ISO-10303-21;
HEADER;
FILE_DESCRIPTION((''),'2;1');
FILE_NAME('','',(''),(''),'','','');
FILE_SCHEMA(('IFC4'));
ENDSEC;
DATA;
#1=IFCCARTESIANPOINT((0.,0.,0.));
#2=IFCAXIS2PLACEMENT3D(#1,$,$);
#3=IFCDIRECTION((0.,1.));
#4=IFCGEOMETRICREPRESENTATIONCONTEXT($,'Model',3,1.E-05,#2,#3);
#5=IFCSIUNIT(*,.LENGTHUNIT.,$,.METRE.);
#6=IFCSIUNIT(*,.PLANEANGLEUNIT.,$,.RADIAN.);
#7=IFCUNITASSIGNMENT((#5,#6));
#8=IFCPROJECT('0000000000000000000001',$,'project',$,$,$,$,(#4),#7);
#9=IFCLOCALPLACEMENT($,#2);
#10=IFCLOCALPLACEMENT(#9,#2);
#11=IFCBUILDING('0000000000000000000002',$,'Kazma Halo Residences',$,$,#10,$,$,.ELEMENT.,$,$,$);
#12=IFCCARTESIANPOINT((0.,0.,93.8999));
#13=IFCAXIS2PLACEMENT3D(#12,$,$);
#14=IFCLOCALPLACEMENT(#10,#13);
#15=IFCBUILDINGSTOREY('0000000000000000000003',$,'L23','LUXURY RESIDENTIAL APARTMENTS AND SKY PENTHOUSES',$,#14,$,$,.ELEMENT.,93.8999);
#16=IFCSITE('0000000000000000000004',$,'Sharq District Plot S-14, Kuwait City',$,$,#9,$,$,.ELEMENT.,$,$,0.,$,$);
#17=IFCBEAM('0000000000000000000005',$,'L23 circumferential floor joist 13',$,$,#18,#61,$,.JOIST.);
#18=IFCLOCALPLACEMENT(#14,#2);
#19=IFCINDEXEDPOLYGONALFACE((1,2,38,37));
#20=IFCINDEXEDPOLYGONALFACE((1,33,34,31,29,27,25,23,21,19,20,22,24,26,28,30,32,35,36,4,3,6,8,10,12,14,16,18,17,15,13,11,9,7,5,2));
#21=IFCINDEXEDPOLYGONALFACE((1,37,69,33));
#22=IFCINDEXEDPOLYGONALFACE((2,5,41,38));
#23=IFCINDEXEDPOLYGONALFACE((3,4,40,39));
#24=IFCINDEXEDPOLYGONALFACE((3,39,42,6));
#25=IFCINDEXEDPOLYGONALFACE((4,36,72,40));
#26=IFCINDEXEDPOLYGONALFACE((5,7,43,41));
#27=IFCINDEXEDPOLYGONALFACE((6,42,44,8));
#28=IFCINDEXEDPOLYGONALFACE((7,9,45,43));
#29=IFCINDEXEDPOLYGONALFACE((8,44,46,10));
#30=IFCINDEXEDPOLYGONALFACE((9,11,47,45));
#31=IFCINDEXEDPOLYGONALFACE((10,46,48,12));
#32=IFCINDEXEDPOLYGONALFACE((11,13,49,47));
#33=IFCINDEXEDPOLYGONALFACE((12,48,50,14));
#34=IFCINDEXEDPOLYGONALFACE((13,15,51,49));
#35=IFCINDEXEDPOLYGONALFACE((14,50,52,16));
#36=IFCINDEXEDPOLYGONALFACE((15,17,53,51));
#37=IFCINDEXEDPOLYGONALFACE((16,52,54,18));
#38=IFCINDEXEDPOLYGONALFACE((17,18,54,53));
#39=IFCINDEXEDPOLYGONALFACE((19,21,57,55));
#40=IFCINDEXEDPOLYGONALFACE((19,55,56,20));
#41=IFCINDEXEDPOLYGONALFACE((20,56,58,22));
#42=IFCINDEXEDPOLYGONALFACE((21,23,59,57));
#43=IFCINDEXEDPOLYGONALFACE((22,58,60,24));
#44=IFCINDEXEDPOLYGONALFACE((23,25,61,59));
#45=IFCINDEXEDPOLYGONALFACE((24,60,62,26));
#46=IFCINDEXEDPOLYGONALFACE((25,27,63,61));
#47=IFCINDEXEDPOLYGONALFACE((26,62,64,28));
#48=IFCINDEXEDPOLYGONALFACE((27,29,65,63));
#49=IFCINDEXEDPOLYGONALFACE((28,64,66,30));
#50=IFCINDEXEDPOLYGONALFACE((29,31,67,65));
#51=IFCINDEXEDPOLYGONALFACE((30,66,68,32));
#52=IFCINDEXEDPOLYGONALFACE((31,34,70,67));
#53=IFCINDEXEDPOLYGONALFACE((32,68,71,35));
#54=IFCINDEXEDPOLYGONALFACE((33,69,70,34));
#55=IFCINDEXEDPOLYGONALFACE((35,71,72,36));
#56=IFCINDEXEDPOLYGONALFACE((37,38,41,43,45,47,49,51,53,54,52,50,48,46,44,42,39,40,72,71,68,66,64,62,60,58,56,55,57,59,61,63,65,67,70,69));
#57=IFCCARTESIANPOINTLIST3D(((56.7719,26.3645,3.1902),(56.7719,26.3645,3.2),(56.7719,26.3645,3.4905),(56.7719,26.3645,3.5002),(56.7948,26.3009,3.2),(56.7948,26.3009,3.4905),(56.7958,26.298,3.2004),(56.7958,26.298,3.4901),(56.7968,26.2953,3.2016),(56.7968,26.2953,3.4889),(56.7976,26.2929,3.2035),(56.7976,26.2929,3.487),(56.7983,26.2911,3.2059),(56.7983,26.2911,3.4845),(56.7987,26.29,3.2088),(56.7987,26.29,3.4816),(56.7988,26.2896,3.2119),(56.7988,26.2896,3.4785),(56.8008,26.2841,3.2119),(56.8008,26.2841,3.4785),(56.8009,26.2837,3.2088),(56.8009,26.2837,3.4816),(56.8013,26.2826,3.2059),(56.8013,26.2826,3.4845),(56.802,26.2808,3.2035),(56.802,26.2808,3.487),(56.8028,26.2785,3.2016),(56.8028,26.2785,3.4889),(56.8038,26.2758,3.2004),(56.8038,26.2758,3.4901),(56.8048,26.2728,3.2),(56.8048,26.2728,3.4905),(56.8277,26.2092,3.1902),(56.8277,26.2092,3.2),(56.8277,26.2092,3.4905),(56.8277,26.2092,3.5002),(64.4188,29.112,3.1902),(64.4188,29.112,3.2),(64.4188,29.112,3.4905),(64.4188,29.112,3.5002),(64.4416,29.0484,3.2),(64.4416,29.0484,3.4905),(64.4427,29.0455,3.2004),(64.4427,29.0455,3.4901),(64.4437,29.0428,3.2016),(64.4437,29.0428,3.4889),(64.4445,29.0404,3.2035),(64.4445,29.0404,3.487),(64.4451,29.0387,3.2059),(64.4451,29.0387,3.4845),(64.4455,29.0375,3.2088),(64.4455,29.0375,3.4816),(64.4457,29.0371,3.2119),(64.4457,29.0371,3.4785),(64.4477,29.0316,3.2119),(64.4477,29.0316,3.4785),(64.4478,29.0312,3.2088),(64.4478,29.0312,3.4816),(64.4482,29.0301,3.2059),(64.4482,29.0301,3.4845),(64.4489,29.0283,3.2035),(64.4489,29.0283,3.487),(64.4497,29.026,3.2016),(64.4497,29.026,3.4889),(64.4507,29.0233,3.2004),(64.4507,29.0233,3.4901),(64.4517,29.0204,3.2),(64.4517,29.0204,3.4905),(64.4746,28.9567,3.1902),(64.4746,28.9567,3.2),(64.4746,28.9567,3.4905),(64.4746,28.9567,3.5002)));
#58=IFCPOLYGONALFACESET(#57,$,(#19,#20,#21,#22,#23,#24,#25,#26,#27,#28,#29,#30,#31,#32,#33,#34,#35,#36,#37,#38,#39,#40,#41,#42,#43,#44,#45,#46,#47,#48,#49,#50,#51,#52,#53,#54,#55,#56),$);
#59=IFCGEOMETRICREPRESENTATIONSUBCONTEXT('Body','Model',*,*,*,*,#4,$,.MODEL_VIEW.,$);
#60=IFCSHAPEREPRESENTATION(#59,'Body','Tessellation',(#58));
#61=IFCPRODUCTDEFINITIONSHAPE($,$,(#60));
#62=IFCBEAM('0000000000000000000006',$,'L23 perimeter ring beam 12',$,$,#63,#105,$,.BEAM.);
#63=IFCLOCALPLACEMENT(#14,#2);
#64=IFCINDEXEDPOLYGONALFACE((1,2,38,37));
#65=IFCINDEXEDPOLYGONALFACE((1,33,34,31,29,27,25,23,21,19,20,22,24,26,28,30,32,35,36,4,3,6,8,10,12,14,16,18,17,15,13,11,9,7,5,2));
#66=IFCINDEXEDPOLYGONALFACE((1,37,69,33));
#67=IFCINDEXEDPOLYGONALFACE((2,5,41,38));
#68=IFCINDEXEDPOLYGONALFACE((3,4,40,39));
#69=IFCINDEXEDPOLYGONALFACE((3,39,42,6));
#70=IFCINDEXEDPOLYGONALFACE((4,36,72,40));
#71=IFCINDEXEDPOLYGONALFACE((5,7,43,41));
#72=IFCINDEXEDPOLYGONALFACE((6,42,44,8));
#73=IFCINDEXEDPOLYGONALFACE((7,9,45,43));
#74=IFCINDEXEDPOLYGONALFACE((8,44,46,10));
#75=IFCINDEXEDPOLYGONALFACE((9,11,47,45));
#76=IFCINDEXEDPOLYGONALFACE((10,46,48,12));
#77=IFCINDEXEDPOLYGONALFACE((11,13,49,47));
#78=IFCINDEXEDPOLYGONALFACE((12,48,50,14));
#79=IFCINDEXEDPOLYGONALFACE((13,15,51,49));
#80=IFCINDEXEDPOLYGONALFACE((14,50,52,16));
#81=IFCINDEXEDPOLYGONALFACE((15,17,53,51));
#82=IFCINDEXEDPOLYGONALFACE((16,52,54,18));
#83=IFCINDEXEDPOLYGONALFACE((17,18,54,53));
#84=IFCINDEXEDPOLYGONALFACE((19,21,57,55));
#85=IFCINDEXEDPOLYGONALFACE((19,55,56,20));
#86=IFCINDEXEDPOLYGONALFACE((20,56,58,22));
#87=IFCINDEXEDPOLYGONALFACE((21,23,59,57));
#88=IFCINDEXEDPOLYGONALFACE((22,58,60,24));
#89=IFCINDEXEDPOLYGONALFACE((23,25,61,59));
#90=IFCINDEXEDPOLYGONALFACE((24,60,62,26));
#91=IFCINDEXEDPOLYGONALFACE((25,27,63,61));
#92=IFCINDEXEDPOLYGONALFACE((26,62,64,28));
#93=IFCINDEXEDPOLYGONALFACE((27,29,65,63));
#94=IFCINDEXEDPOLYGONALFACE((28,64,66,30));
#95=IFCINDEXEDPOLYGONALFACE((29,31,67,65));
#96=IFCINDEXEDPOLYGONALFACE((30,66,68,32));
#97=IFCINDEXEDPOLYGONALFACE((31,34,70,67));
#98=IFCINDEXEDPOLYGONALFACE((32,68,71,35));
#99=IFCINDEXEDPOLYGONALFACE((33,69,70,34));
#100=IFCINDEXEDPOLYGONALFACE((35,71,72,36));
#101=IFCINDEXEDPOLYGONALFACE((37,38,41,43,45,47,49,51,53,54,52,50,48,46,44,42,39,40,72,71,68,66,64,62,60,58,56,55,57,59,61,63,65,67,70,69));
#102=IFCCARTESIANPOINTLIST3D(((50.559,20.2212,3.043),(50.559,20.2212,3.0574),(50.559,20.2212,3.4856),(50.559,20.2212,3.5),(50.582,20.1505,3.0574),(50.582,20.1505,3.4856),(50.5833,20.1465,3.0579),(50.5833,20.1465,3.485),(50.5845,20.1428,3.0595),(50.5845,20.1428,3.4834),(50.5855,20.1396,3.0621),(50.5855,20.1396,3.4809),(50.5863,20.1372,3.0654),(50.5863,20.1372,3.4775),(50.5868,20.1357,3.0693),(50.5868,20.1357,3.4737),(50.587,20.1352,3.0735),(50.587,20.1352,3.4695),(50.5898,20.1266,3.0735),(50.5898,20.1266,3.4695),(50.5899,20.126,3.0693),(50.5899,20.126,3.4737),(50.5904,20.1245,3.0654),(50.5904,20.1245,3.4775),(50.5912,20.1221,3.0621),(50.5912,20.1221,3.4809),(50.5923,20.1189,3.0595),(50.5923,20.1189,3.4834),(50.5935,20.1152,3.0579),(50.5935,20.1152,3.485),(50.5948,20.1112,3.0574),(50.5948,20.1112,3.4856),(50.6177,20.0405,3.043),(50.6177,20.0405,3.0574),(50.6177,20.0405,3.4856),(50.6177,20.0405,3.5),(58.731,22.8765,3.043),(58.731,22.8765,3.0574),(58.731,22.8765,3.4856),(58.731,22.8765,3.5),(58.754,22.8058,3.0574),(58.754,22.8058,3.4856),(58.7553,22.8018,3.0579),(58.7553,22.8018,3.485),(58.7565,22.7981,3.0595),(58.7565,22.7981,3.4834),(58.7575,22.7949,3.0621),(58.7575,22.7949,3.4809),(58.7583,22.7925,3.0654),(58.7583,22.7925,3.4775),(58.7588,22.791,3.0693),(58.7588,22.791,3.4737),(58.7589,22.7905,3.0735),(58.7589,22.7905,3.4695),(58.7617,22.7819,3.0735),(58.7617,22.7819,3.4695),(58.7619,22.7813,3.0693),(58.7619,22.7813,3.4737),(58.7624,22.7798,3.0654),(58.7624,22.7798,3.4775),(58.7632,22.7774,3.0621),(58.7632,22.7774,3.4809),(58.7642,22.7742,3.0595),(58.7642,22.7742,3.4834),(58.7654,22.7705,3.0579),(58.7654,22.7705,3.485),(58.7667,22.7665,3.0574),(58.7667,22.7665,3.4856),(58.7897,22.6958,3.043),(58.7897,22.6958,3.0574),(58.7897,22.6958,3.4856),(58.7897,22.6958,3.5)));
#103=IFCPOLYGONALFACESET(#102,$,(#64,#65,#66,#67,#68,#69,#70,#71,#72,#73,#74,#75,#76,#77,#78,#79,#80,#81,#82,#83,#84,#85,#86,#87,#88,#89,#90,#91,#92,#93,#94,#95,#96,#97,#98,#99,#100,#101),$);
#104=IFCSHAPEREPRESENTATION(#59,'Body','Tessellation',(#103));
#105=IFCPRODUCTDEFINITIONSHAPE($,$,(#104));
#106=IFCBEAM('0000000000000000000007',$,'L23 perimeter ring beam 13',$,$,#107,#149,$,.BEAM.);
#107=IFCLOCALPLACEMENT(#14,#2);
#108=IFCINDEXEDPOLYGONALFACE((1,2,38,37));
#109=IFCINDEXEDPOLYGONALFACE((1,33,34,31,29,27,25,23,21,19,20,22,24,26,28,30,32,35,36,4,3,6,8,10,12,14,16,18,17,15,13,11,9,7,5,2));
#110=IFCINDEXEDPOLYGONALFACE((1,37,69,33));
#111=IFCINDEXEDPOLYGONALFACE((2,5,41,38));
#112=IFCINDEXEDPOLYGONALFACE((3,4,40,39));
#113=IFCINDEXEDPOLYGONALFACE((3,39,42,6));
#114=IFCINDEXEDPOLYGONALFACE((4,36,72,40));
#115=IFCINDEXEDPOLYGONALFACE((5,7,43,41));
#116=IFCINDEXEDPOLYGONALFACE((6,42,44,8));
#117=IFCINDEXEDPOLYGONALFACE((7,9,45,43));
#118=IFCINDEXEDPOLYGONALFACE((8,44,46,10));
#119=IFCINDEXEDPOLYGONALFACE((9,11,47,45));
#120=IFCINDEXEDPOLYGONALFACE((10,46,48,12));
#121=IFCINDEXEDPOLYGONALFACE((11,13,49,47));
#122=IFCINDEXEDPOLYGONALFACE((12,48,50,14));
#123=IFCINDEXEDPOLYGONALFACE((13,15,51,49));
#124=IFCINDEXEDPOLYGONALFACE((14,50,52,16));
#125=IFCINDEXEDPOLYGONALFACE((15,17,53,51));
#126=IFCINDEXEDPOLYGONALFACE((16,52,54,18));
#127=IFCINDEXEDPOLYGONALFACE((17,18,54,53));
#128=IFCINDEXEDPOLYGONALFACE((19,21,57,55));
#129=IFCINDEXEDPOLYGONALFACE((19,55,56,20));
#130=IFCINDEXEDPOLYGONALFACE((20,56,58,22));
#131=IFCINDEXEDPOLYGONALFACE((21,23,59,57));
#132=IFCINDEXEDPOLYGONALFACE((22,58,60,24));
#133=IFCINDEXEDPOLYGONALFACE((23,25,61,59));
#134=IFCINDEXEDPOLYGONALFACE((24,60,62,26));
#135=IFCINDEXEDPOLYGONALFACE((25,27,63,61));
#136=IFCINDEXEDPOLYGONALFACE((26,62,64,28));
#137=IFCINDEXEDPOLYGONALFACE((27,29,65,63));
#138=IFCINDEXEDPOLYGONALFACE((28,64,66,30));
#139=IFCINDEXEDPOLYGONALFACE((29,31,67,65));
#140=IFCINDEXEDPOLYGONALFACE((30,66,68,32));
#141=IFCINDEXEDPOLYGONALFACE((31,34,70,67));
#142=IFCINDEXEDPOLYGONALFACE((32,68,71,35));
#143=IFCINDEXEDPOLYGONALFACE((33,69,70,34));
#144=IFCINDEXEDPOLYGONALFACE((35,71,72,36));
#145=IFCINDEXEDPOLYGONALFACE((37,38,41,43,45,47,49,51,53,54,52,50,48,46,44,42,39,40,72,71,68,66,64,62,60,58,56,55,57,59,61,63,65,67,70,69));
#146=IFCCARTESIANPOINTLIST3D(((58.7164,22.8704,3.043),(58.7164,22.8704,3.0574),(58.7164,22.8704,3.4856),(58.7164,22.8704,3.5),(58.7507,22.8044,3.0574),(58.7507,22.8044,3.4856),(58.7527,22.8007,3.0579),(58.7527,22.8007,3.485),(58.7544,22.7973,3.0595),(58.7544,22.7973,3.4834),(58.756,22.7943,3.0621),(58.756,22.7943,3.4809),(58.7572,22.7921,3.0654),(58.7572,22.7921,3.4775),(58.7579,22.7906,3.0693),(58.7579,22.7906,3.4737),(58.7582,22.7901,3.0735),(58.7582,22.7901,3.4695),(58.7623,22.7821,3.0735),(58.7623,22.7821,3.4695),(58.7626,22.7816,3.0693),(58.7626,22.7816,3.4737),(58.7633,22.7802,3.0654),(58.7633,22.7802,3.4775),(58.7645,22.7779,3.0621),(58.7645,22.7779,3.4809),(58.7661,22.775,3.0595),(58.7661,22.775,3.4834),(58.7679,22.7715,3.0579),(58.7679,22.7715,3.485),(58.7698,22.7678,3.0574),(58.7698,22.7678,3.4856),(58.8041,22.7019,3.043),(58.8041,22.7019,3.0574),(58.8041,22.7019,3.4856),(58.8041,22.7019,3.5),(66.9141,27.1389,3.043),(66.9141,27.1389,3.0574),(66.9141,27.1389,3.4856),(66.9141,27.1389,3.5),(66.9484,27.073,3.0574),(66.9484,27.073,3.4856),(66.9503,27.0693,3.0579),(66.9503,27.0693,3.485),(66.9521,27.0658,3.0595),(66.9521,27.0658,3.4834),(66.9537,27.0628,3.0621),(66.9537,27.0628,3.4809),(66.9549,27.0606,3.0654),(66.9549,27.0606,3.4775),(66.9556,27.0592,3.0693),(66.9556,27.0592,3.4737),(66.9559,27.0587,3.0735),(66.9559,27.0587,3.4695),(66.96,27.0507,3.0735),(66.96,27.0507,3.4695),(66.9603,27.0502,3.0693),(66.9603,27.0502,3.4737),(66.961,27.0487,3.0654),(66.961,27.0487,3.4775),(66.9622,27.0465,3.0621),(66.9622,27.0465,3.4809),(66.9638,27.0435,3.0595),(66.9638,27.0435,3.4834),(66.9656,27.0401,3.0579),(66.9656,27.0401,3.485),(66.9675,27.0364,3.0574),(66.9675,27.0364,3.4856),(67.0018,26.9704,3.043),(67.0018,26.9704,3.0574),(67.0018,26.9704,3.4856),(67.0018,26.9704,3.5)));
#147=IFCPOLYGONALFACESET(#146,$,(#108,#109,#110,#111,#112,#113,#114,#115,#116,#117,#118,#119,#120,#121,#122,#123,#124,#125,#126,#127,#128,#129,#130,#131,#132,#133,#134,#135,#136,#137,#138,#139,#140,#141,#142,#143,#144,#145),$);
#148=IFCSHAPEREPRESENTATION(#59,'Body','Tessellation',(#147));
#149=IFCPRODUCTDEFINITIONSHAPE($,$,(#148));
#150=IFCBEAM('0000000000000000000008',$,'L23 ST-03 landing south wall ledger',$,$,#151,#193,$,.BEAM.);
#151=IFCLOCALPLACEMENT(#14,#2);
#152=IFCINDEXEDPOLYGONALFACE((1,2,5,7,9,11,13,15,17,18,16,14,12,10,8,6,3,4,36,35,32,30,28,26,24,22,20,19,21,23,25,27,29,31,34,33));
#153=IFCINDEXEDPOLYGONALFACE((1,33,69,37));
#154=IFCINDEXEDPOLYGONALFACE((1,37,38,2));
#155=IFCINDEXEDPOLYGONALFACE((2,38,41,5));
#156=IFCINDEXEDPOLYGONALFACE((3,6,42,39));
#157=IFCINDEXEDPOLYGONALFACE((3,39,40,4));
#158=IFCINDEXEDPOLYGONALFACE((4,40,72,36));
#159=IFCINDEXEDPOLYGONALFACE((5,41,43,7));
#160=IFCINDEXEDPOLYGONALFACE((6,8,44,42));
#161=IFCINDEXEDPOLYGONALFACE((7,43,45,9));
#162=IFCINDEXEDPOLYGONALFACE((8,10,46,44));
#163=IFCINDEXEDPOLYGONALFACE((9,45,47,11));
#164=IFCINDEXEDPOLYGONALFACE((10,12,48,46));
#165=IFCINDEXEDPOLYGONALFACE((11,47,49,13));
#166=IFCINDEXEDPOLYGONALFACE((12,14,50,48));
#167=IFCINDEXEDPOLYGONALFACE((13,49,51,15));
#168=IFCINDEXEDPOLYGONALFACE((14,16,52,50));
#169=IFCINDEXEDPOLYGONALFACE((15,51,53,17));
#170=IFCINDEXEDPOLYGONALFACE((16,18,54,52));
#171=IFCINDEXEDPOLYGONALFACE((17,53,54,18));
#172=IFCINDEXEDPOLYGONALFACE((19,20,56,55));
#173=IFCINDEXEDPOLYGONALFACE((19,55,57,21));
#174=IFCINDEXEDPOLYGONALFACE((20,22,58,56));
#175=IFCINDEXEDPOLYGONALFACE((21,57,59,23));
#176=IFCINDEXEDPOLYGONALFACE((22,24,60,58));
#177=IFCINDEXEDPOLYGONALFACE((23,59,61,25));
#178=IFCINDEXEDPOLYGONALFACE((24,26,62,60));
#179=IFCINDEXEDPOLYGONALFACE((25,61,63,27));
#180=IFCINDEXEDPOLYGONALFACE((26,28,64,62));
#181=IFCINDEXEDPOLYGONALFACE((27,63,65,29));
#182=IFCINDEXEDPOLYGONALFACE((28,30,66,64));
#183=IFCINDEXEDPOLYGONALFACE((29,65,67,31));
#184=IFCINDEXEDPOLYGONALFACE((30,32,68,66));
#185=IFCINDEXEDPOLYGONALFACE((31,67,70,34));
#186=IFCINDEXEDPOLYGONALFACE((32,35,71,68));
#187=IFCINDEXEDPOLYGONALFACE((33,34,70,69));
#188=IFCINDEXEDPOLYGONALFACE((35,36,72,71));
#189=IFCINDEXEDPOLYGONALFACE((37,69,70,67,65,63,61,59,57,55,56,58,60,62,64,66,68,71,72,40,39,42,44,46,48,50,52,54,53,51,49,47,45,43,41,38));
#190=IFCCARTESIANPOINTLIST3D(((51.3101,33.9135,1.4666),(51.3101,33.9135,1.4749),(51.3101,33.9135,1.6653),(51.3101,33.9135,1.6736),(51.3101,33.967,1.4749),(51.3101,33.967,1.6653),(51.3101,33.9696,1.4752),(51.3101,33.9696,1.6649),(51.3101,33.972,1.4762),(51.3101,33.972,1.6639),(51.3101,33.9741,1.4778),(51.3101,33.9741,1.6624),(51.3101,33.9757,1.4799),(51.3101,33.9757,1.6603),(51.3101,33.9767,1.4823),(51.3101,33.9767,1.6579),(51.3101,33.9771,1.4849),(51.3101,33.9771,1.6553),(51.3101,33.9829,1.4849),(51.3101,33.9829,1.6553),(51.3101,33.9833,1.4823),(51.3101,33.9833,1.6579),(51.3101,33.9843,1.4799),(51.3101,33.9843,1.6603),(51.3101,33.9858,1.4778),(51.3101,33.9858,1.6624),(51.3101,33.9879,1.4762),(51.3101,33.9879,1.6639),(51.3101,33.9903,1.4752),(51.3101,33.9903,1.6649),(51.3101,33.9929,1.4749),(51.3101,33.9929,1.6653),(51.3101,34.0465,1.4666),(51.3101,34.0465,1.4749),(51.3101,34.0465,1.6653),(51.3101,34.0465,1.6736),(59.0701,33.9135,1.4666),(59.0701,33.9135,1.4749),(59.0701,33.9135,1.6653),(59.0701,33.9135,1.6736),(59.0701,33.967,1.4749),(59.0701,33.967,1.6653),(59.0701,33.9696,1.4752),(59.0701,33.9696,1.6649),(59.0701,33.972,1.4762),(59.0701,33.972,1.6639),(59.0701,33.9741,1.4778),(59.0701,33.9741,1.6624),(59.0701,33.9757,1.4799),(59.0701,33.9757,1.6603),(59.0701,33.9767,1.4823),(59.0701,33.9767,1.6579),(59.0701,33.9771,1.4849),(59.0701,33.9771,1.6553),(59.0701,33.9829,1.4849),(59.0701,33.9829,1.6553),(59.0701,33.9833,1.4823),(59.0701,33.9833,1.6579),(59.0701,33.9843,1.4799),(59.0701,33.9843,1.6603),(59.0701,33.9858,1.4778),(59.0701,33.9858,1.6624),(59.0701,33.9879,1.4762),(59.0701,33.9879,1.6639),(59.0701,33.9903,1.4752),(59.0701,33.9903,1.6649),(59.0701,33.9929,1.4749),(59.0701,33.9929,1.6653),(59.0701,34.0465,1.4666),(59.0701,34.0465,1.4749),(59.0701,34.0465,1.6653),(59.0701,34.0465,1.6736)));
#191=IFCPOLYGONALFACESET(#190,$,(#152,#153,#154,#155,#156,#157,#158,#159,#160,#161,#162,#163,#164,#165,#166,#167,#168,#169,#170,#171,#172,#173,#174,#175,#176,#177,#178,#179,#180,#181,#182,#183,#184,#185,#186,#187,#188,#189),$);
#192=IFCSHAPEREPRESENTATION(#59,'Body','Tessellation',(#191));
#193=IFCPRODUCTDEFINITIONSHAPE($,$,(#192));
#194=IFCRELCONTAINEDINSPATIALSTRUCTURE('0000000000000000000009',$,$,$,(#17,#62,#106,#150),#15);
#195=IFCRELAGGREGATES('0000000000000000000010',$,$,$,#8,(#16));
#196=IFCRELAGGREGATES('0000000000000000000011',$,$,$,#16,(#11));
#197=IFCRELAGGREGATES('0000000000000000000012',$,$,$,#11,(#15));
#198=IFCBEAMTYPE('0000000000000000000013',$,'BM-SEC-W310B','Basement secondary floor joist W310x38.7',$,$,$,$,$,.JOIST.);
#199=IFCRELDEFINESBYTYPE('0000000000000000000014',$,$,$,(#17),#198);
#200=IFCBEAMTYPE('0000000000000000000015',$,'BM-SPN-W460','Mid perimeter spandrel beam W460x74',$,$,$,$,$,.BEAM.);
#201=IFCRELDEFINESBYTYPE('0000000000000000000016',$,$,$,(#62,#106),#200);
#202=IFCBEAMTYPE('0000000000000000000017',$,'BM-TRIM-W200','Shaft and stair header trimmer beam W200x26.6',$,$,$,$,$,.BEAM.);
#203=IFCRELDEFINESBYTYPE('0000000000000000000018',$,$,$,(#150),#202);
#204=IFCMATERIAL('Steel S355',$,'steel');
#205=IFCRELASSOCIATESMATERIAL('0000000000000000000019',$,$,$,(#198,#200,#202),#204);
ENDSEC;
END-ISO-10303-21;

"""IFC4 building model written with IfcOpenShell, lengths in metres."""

from ifc_helpers import new_model, si_unit, direction, frame, origin, origin_2d, place, context, subcontext, project, spatial, i_section, extrude, material, material_profile, profile_set, type_object, element, save


model = new_model("IFC4")

# Units and contexts
model_context = context("Model", 3, precision=1e-05, world=origin(), true_north=direction((0.0, 1.0)))
body_context = subcontext(model_context, "Body", "Model", "MODEL_VIEW")
ifc_project = project(units=[si_unit("LENGTHUNIT", "METRE"), si_unit("PLANEANGLEUNIT", "RADIAN")], contexts=[model_context])

# Site, building, storey
site_placement = place(None, origin())
site = spatial("IfcSite", under=ifc_project, at=site_placement, Name="Sharq District Plot S-14, Kuwait City", CompositionType="ELEMENT", RefElevation=0.0)
building_placement = place(site_placement, origin())
building = spatial("IfcBuilding", under=site, at=building_placement, Name="Kazma Halo Residences", CompositionType="ELEMENT")
storey_placement = place(building_placement, frame((0.0, 0.0, 93.8999)))
storey = spatial("IfcBuildingStorey", under=building, at=storey_placement, Name="L23", Description="LUXURY RESIDENTIAL APARTMENTS AND SKY PENTHOUSES", CompositionType="ELEMENT", Elevation=93.8999)

# Beams
ifc_material_1 = material(Name="Steel S355", Category="steel")
ifc_material_profile_1 = material_profile(ifc_material_1, i_section(OverallWidth=0.165, OverallDepth=0.3101, WebThickness=0.0059, FlangeThickness=0.0098, FilletRadius=0.012, at=origin_2d()), Name="W310x38.7")
ifc_profile_set_1 = profile_set([ifc_material_profile_1], Name="Steel S355")
beam_type_1 = type_object("IfcBeamType", Name="BM-SEC-W310B", Description="Basement secondary floor joist W310x38.7", PredefinedType="JOIST", material=ifc_profile_set_1)
beam_1_placement = place(storey_placement, frame((56.7998, 26.2869, 3.3452), z_axis=(0.941097, 0.338136, 0.0), x_axis=(-0.338136, 0.941097, 0.0)))
element("IfcBeam", 1, at=beam_1_placement, inside=storey, type_object=beam_type_1, Name="L23 circumferential floor joist 13", PredefinedType="JOIST", context=body_context, shape_type="SweptSolid", body=[
    extrude(i_section(OverallWidth=0.165, OverallDepth=0.3101, WebThickness=0.0059, FlangeThickness=0.0098, FilletRadius=0.012, at=origin_2d()), origin(), (0.0, 0.0, 1.0), 8.1255),
])
ifc_material_profile_2 = material_profile(ifc_material_1, i_section(OverallWidth=0.1899, OverallDepth=0.457, WebThickness=0.009, FlangeThickness=0.0144, FilletRadius=0.0161, at=origin_2d()), Name="W460x74")
ifc_profile_set_2 = profile_set([ifc_material_profile_2], Name="Steel S355")
beam_type_2 = type_object("IfcBeamType", Name="BM-SPN-W460", Description="Mid perimeter spandrel beam W460x74", PredefinedType="BEAM", material=ifc_profile_set_2)
beam_2_placement = place(storey_placement, frame((50.5884, 20.1309, 3.2715), z_axis=(0.951054, 0.309024, 0.0), x_axis=(-0.309024, 0.951054, 0.0)))
element("IfcBeam", 2, at=beam_2_placement, inside=storey, type_object=beam_type_2, Name="L23 perimeter ring beam 12", PredefinedType="BEAM", context=body_context, shape_type="SweptSolid", body=[
    extrude(i_section(OverallWidth=0.1899, OverallDepth=0.457, WebThickness=0.009, FlangeThickness=0.0144, FilletRadius=0.0161, at=origin_2d()), origin(), (0.0, 0.0, 1.0), 8.5925),
])
beam_3_placement = place(storey_placement, frame((58.7603, 22.7861, 3.2715), z_axis=(0.886963, 0.46184, 0.0), x_axis=(-0.46184, 0.886963, 0.0)))
element("IfcBeam", 3, at=beam_3_placement, inside=storey, type_object=beam_type_2, Name="L23 perimeter ring beam 13", PredefinedType="BEAM", context=body_context, shape_type="SweptSolid", body=[
    extrude(i_section(OverallWidth=0.1899, OverallDepth=0.457, WebThickness=0.009, FlangeThickness=0.0144, FilletRadius=0.0161, at=origin_2d()), origin(), (0.0, 0.0, 1.0), 9.2424),
])
ifc_material_profile_3 = material_profile(ifc_material_1, i_section(OverallWidth=0.1331, OverallDepth=0.207, WebThickness=0.0059, FlangeThickness=0.0083, FilletRadius=0.01, at=origin_2d()), Name="W200x26.6")
ifc_profile_set_3 = profile_set([ifc_material_profile_3], Name="Steel S355")
beam_type_3 = type_object("IfcBeamType", Name="BM-TRIM-W200", Description="Shaft and stair header trimmer beam W200x26.6", PredefinedType="BEAM", material=ifc_profile_set_3)
beam_4_placement = place(storey_placement, frame((51.3101, 33.98, 1.5701), z_axis=(1.0, 0.0, 0.0), x_axis=(0.0, 1.0, 0.0)))
element("IfcBeam", 4, at=beam_4_placement, inside=storey, type_object=beam_type_3, Name="L23 ST-03 landing south wall ledger", PredefinedType="BEAM", context=body_context, shape_type="SweptSolid", body=[
    extrude(i_section(OverallWidth=0.1331, OverallDepth=0.207, WebThickness=0.0059, FlangeThickness=0.0083, FilletRadius=0.01, at=origin_2d()), origin(), (0.0, 0.0, 1.0), 7.76),
])

save(model, "model.ifc")
